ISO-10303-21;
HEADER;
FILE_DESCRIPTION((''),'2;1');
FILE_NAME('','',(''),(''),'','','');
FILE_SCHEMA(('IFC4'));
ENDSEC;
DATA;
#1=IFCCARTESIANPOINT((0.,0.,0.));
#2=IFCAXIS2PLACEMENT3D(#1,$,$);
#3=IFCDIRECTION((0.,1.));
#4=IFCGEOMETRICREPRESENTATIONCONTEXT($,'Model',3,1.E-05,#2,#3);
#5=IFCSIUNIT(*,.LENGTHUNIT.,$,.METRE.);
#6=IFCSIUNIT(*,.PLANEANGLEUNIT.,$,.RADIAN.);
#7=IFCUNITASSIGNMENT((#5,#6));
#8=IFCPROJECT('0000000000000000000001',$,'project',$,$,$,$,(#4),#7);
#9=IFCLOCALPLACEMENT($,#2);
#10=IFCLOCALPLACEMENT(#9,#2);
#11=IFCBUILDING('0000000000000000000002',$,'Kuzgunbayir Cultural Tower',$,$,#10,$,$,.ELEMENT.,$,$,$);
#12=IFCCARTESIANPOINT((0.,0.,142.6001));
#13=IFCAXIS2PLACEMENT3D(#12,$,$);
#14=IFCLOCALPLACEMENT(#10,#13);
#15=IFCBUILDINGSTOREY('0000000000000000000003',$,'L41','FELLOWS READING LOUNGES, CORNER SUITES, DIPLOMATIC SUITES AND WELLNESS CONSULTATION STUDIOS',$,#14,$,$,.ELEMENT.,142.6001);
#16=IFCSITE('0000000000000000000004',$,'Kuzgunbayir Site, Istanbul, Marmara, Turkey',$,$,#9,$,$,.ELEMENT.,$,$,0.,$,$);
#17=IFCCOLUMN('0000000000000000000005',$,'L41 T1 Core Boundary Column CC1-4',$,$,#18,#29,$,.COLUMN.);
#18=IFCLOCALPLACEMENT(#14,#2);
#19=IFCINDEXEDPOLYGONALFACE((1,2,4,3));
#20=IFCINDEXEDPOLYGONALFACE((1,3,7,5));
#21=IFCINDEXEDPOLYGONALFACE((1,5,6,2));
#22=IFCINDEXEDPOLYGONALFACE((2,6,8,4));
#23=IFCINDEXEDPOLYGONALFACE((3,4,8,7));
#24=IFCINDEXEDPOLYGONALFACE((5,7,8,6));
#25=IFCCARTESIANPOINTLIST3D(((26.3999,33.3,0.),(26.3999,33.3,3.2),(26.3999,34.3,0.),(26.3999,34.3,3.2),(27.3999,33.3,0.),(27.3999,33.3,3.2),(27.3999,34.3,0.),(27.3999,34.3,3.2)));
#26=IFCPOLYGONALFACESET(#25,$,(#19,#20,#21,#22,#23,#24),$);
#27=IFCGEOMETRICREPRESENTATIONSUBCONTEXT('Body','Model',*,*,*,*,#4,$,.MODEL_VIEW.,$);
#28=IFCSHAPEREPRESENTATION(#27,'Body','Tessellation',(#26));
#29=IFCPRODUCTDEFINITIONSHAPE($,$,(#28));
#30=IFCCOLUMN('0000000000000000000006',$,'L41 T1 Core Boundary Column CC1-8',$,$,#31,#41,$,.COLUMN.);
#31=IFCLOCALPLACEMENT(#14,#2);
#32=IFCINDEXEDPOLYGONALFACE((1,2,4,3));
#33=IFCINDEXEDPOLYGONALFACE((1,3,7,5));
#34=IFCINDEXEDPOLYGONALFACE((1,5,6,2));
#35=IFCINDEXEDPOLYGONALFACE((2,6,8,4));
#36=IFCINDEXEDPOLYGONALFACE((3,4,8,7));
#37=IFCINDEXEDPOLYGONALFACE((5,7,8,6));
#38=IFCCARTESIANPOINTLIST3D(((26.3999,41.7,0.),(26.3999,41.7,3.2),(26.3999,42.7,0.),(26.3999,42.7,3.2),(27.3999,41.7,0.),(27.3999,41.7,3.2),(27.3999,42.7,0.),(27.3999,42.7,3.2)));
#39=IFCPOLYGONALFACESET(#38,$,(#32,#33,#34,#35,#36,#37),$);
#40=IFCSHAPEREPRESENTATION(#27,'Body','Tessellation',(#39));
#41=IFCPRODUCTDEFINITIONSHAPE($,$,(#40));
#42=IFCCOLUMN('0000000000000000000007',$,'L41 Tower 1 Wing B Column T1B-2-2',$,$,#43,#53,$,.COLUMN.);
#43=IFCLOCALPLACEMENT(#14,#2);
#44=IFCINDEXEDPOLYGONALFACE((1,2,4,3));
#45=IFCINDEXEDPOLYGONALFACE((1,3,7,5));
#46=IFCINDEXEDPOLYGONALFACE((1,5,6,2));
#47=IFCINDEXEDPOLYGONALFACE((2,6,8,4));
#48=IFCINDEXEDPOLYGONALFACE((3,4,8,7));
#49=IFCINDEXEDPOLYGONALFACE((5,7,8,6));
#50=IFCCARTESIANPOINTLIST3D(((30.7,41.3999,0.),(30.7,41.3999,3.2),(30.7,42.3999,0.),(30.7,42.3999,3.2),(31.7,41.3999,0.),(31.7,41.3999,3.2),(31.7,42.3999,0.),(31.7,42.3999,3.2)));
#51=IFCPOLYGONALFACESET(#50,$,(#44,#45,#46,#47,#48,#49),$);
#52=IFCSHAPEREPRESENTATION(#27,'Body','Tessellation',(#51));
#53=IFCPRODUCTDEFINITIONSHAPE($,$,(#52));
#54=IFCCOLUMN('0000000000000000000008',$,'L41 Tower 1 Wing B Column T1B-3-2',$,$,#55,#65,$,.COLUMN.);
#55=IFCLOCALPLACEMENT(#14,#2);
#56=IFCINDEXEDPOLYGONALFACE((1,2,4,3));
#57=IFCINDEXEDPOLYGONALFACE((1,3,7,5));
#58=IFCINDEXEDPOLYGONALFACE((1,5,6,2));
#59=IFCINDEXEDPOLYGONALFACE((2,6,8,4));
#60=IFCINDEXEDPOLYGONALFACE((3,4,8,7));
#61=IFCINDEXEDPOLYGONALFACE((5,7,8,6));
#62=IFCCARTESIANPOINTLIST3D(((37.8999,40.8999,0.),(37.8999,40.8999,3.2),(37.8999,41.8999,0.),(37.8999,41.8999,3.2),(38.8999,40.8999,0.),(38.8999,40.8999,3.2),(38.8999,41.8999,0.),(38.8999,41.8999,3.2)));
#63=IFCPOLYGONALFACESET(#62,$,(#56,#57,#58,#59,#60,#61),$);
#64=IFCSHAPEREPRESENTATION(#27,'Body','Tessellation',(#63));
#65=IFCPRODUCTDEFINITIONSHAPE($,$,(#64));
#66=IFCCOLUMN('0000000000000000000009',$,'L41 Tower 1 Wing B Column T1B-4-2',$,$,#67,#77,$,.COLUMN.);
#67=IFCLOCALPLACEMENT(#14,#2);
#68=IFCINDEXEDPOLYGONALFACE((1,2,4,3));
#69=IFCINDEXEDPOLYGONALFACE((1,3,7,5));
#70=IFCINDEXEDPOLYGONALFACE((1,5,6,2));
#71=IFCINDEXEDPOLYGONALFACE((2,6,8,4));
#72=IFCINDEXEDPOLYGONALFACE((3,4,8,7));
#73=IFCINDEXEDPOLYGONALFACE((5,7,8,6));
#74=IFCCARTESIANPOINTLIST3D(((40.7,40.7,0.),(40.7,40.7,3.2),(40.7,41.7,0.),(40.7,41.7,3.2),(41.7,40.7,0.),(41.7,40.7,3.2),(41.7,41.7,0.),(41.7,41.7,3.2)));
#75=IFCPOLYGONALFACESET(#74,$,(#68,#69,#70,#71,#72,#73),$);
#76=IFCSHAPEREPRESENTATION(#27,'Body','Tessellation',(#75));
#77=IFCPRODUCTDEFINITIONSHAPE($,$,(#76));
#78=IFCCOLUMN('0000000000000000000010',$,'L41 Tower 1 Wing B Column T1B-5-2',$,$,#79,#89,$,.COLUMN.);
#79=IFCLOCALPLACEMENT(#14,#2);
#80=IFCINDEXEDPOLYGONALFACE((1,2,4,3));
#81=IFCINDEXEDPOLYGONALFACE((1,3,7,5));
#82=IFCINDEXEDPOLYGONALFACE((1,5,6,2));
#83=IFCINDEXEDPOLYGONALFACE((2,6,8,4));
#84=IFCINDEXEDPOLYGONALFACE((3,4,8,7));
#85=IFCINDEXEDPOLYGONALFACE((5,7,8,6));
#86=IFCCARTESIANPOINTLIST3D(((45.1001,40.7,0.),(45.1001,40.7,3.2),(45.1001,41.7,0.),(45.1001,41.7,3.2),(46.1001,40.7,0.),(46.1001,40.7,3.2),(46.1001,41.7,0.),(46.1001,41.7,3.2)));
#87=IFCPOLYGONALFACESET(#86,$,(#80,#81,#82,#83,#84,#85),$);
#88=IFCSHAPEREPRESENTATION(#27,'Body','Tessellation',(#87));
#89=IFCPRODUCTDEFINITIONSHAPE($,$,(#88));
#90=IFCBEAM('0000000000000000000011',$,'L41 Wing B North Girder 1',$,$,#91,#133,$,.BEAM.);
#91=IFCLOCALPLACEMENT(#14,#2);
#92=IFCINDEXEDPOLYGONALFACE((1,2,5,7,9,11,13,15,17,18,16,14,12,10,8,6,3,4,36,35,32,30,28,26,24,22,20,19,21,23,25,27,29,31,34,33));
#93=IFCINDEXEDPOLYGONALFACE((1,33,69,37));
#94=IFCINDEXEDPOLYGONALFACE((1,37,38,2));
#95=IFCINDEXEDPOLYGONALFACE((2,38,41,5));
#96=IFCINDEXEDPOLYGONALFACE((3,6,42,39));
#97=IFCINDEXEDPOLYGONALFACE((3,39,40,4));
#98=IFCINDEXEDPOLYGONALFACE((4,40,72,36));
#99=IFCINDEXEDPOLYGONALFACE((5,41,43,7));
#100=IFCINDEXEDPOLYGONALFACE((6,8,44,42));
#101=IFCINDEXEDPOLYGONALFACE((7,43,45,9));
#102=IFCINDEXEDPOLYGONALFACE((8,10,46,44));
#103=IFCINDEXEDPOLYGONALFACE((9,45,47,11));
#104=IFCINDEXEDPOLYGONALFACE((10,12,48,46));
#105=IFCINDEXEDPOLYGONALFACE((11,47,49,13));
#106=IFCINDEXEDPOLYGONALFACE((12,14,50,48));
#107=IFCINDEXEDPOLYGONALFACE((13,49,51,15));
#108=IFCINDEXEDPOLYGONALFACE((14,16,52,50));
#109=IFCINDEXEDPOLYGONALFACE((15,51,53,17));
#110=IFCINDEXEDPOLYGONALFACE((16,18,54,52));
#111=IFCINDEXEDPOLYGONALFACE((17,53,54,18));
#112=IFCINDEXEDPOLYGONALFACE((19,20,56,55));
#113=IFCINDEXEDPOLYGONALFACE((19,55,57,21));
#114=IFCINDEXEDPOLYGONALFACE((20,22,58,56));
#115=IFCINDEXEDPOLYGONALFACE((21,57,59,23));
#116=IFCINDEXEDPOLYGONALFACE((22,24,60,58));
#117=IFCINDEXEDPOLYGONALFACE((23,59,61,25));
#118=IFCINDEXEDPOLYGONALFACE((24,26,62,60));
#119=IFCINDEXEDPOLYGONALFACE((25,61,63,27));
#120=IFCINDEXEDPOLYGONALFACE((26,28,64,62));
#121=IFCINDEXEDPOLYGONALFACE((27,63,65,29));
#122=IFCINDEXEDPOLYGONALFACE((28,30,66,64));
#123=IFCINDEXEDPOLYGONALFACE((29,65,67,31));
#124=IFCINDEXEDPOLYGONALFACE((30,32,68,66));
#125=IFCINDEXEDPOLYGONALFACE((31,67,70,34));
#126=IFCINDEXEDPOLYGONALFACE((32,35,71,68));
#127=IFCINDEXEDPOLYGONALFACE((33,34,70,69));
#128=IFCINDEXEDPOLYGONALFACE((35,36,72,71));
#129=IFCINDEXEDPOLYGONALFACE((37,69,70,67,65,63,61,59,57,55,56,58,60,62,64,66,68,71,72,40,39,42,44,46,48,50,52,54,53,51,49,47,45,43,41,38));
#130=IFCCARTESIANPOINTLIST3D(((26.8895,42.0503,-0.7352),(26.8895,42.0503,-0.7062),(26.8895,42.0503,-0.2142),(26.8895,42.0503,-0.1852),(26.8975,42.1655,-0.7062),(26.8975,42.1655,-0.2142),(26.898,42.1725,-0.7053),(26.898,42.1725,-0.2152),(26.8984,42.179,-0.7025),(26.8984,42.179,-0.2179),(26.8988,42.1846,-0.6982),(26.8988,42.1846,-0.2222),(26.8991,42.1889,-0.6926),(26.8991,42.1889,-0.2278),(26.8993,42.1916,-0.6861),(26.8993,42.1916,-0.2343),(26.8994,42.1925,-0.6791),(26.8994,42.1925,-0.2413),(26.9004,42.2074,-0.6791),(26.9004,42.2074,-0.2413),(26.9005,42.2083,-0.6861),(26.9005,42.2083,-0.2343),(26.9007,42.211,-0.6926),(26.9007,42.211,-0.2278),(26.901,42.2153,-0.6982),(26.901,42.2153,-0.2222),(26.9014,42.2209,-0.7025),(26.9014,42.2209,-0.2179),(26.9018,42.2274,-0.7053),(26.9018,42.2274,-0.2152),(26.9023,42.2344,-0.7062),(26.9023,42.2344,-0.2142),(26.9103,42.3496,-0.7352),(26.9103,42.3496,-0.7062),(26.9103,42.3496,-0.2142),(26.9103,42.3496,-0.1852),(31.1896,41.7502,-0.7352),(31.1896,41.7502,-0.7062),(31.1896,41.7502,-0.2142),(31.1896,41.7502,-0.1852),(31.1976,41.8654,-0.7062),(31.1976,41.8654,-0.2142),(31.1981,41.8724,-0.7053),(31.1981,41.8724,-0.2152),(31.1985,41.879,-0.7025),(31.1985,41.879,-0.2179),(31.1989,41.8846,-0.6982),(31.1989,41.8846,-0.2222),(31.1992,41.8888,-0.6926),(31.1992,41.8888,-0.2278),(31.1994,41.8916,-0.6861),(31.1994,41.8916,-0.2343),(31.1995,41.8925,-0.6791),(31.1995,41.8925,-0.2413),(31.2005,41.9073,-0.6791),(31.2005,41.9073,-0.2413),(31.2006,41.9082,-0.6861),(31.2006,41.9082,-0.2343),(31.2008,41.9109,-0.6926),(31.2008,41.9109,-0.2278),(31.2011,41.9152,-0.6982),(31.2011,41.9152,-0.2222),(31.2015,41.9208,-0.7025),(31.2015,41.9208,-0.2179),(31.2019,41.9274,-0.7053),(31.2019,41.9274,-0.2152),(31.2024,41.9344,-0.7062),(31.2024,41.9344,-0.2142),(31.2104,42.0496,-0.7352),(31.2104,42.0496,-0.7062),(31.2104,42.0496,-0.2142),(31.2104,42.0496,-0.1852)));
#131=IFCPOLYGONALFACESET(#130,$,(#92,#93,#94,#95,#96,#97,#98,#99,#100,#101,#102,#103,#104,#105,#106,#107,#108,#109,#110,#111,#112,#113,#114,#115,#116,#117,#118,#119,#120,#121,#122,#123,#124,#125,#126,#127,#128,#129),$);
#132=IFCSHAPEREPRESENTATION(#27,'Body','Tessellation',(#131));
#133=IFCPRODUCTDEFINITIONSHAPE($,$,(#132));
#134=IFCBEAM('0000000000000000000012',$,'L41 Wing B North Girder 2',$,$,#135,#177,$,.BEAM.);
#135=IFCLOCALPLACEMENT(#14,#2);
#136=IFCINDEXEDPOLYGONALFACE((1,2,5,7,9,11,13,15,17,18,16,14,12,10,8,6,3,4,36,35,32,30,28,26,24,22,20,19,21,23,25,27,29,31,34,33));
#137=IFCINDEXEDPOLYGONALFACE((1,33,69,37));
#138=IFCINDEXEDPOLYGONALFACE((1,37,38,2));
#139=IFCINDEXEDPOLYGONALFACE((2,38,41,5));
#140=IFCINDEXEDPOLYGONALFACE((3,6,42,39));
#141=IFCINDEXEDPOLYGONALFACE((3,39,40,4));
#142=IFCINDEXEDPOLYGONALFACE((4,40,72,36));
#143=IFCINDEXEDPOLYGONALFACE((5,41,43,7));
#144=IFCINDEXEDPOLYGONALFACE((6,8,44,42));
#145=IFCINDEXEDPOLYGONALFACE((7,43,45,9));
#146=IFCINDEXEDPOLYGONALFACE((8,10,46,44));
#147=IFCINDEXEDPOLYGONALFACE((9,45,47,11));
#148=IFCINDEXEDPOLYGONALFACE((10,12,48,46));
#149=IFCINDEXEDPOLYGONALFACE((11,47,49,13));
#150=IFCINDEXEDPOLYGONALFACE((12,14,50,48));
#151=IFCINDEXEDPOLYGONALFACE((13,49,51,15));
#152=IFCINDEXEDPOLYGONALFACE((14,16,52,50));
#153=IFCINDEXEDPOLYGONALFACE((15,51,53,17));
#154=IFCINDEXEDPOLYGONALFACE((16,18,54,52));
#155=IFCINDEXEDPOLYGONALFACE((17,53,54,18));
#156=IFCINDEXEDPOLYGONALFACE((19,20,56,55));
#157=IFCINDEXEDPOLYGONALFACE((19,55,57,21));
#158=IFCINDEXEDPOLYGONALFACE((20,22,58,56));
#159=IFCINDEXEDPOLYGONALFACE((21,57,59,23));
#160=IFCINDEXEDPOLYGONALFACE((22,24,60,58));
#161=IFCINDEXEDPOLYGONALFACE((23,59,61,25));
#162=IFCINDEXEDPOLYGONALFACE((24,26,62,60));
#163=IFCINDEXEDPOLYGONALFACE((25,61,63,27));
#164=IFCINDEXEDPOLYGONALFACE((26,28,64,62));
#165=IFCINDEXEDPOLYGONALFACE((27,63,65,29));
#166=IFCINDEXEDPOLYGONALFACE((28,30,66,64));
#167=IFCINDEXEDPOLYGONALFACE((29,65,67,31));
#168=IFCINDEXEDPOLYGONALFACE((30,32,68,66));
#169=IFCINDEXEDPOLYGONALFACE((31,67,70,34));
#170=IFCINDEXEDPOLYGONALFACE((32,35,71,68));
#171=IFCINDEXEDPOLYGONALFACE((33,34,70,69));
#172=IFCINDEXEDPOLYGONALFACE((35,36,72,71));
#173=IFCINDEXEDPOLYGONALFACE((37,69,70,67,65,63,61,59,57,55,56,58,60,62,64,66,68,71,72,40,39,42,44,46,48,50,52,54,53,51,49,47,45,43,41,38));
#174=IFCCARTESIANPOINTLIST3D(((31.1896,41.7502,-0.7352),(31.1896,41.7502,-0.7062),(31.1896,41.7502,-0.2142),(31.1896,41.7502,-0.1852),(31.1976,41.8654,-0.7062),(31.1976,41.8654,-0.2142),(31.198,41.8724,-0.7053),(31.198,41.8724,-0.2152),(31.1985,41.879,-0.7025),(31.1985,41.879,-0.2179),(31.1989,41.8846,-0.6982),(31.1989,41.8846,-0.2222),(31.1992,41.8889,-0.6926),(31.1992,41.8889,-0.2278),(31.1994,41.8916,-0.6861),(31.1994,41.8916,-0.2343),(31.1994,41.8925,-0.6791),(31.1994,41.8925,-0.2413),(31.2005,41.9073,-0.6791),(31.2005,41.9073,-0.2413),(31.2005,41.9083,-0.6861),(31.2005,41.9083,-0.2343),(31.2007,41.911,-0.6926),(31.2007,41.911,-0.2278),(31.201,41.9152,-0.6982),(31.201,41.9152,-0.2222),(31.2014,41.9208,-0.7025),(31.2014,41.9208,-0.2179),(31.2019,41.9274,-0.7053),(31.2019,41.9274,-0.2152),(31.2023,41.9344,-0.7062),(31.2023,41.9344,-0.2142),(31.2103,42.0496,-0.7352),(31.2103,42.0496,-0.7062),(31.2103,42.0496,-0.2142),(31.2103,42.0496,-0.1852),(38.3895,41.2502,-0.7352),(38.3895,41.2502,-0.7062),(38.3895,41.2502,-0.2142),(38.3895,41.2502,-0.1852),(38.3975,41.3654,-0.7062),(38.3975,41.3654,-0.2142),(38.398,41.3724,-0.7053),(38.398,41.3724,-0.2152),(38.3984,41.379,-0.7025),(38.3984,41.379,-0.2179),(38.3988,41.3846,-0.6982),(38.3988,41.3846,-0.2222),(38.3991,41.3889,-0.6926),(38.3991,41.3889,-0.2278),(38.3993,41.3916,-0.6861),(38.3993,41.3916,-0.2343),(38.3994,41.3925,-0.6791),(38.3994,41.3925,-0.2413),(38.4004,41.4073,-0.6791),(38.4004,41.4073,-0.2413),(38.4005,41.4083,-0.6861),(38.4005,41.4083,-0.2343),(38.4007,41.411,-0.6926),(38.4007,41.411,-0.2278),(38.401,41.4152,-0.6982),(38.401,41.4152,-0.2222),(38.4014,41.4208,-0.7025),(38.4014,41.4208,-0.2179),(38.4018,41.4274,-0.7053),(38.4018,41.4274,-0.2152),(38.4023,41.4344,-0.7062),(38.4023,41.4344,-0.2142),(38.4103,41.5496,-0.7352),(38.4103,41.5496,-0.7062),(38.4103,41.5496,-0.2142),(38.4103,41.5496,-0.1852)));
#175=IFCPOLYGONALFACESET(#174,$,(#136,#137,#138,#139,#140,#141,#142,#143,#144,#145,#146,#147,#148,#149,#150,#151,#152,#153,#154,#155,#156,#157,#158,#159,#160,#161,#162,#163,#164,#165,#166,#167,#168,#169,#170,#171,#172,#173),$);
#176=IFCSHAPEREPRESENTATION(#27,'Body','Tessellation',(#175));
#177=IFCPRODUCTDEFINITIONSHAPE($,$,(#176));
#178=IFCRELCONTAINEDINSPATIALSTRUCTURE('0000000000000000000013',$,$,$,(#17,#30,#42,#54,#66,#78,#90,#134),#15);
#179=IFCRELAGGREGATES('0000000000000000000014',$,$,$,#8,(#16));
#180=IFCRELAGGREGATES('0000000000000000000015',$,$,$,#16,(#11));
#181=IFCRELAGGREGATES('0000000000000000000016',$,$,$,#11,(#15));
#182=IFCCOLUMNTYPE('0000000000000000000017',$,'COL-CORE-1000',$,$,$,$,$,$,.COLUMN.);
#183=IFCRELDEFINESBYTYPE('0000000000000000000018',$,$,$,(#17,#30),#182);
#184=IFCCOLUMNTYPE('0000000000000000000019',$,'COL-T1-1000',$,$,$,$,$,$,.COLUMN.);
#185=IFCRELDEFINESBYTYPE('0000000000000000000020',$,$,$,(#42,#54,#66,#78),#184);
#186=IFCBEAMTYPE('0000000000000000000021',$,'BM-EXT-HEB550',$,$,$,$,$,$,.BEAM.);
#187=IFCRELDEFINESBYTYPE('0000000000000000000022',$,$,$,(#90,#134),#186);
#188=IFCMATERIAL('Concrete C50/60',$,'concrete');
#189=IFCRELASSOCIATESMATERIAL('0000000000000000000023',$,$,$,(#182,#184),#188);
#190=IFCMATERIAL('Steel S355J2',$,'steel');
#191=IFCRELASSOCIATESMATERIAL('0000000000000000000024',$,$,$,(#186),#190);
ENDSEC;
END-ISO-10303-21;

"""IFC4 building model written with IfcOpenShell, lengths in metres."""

from ifc_helpers import new_model, si_unit, direction, frame, origin, origin_2d, place, context, subcontext, project, spatial, rectangle, i_section, extrude, material, material_profile, profile_set, type_object, element, save


model = new_model("IFC4")

# Units and contexts
model_context = context("Model", 3, precision=1e-05, world=origin(), true_north=direction((0.0, 1.0)))
body_context = subcontext(model_context, "Body", "Model", "MODEL_VIEW")
ifc_project = project(units=[si_unit("LENGTHUNIT", "METRE"), si_unit("PLANEANGLEUNIT", "RADIAN")], contexts=[model_context])

# Site, building, storey
site_placement = place(None, origin())
site = spatial("IfcSite", under=ifc_project, at=site_placement, Name="Kuzgunbayir Site, Istanbul, Marmara, Turkey", CompositionType="ELEMENT", RefElevation=0.0)
building_placement = place(site_placement, origin())
building = spatial("IfcBuilding", under=site, at=building_placement, Name="Kuzgunbayir Cultural Tower", CompositionType="ELEMENT")
storey_placement = place(building_placement, frame((0.0, 0.0, 142.6001)))
storey = spatial("IfcBuildingStorey", under=building, at=storey_placement, Name="L41", Description="FELLOWS READING LOUNGES, CORNER SUITES, DIPLOMATIC SUITES AND WELLNESS CONSULTATION STUDIOS", CompositionType="ELEMENT", Elevation=142.6001)

# Columns
ifc_material_1 = material(Name="Concrete C50/60", Category="concrete")
ifc_material_profile_1 = material_profile(ifc_material_1, rectangle(XDim=1.0, YDim=1.0, at=origin_2d()), Name="RC 1000x1000")
ifc_profile_set_1 = profile_set([ifc_material_profile_1], Name="Concrete C50/60")
column_type_1 = type_object("IfcColumnType", Name="COL-CORE-1000", PredefinedType="COLUMN", material=ifc_profile_set_1)
for number, where, z_axis, x_axis, name in (
    (1, (26.8999, 33.8, 0.0), (0.0, 0.0, 1.0), (1.0, 0.0, 0.0), "L41 T1 Core Boundary Column CC1-4"),
    (2, (26.8999, 42.2, 0.0), (0.0, 0.0, 1.0), (1.0, 0.0, 0.0), "L41 T1 Core Boundary Column CC1-8"),
):
    element("IfcColumn", number, at=place(storey_placement, frame(where, z_axis=z_axis, x_axis=x_axis)), inside=storey, type_object=column_type_1, Name=name, PredefinedType="COLUMN", context=body_context, shape_type="SweptSolid", body=[
        extrude(rectangle(XDim=1.0, YDim=1.0, at=origin_2d()), origin(), (0.0, 0.0, 1.0), 3.2),
    ])
ifc_material_profile_2 = material_profile(ifc_material_1, rectangle(XDim=1.0, YDim=1.0, at=origin_2d()), Name="RC 1000x1000")
ifc_profile_set_2 = profile_set([ifc_material_profile_2], Name="Concrete C50/60")
column_type_2 = type_object("IfcColumnType", Name="COL-T1-1000", PredefinedType="COLUMN", material=ifc_profile_set_2)
for number, where, z_axis, x_axis, name in (
    (3, (31.2, 41.8999, 0.0), (0.0, 0.0, 1.0), (1.0, 0.0, 0.0), "L41 Tower 1 Wing B Column T1B-2-2"),
    (4, (38.3999, 41.3999, 0.0), (0.0, 0.0, 1.0), (1.0, 0.0, 0.0), "L41 Tower 1 Wing B Column T1B-3-2"),
    (5, (41.2, 41.2, 0.0), (0.0, 0.0, 1.0), (1.0, 0.0, 0.0), "L41 Tower 1 Wing B Column T1B-4-2"),
    (6, (45.6001, 41.2, 0.0), (0.0, 0.0, 1.0), (1.0, 0.0, 0.0), "L41 Tower 1 Wing B Column T1B-5-2"),
):
    element("IfcColumn", number, at=place(storey_placement, frame(where, z_axis=z_axis, x_axis=x_axis)), inside=storey, type_object=column_type_2, Name=name, PredefinedType="COLUMN", context=body_context, shape_type="SweptSolid", body=[
        extrude(rectangle(XDim=1.0, YDim=1.0, at=origin_2d()), origin(), (0.0, 0.0, 1.0), 3.2),
    ])

# Beams
ifc_material_2 = material(Name="Steel S355J2", Category="steel")
ifc_material_profile_3 = material_profile(ifc_material_2, i_section(OverallWidth=0.3, OverallDepth=0.55, WebThickness=0.0149, FlangeThickness=0.0291, FilletRadius=0.0271, at=origin_2d()), Name="HEB 550")
ifc_profile_set_3 = profile_set([ifc_material_profile_3], Name="Steel S355J2")
beam_type_1 = type_object("IfcBeamType", Name="BM-EXT-HEB550", PredefinedType="BEAM", material=ifc_profile_set_3)
beam_1_placement = place(storey_placement, frame((26.8999, 42.2, -0.4602), z_axis=(0.997574, -0.069609, 0.0), x_axis=(0.069609, 0.997574, 0.0)))
element("IfcBeam", 7, at=beam_1_placement, inside=storey, type_object=beam_type_1, Name="L41 Wing B North Girder 1", PredefinedType="BEAM", context=body_context, shape_type="SweptSolid", body=[
    extrude(i_section(OverallWidth=0.3, OverallDepth=0.55, WebThickness=0.0149, FlangeThickness=0.0291, FilletRadius=0.0271, at=origin_2d()), origin(), (0.0, 0.0, 1.0), 4.3105),
])
beam_2_placement = place(storey_placement, frame((31.2, 41.8999, -0.4602), z_axis=(0.997597, -0.069278, 0.0), x_axis=(0.069278, 0.997597, 0.0)))
element("IfcBeam", 8, at=beam_2_placement, inside=storey, type_object=beam_type_1, Name="L41 Wing B North Girder 2", PredefinedType="BEAM", context=body_context, shape_type="SweptSolid", body=[
    extrude(i_section(OverallWidth=0.3, OverallDepth=0.55, WebThickness=0.0149, FlangeThickness=0.0291, FilletRadius=0.0271, at=origin_2d()), origin(), (0.0, 0.0, 1.0), 7.2173),
])

save(model, "model.ifc")
